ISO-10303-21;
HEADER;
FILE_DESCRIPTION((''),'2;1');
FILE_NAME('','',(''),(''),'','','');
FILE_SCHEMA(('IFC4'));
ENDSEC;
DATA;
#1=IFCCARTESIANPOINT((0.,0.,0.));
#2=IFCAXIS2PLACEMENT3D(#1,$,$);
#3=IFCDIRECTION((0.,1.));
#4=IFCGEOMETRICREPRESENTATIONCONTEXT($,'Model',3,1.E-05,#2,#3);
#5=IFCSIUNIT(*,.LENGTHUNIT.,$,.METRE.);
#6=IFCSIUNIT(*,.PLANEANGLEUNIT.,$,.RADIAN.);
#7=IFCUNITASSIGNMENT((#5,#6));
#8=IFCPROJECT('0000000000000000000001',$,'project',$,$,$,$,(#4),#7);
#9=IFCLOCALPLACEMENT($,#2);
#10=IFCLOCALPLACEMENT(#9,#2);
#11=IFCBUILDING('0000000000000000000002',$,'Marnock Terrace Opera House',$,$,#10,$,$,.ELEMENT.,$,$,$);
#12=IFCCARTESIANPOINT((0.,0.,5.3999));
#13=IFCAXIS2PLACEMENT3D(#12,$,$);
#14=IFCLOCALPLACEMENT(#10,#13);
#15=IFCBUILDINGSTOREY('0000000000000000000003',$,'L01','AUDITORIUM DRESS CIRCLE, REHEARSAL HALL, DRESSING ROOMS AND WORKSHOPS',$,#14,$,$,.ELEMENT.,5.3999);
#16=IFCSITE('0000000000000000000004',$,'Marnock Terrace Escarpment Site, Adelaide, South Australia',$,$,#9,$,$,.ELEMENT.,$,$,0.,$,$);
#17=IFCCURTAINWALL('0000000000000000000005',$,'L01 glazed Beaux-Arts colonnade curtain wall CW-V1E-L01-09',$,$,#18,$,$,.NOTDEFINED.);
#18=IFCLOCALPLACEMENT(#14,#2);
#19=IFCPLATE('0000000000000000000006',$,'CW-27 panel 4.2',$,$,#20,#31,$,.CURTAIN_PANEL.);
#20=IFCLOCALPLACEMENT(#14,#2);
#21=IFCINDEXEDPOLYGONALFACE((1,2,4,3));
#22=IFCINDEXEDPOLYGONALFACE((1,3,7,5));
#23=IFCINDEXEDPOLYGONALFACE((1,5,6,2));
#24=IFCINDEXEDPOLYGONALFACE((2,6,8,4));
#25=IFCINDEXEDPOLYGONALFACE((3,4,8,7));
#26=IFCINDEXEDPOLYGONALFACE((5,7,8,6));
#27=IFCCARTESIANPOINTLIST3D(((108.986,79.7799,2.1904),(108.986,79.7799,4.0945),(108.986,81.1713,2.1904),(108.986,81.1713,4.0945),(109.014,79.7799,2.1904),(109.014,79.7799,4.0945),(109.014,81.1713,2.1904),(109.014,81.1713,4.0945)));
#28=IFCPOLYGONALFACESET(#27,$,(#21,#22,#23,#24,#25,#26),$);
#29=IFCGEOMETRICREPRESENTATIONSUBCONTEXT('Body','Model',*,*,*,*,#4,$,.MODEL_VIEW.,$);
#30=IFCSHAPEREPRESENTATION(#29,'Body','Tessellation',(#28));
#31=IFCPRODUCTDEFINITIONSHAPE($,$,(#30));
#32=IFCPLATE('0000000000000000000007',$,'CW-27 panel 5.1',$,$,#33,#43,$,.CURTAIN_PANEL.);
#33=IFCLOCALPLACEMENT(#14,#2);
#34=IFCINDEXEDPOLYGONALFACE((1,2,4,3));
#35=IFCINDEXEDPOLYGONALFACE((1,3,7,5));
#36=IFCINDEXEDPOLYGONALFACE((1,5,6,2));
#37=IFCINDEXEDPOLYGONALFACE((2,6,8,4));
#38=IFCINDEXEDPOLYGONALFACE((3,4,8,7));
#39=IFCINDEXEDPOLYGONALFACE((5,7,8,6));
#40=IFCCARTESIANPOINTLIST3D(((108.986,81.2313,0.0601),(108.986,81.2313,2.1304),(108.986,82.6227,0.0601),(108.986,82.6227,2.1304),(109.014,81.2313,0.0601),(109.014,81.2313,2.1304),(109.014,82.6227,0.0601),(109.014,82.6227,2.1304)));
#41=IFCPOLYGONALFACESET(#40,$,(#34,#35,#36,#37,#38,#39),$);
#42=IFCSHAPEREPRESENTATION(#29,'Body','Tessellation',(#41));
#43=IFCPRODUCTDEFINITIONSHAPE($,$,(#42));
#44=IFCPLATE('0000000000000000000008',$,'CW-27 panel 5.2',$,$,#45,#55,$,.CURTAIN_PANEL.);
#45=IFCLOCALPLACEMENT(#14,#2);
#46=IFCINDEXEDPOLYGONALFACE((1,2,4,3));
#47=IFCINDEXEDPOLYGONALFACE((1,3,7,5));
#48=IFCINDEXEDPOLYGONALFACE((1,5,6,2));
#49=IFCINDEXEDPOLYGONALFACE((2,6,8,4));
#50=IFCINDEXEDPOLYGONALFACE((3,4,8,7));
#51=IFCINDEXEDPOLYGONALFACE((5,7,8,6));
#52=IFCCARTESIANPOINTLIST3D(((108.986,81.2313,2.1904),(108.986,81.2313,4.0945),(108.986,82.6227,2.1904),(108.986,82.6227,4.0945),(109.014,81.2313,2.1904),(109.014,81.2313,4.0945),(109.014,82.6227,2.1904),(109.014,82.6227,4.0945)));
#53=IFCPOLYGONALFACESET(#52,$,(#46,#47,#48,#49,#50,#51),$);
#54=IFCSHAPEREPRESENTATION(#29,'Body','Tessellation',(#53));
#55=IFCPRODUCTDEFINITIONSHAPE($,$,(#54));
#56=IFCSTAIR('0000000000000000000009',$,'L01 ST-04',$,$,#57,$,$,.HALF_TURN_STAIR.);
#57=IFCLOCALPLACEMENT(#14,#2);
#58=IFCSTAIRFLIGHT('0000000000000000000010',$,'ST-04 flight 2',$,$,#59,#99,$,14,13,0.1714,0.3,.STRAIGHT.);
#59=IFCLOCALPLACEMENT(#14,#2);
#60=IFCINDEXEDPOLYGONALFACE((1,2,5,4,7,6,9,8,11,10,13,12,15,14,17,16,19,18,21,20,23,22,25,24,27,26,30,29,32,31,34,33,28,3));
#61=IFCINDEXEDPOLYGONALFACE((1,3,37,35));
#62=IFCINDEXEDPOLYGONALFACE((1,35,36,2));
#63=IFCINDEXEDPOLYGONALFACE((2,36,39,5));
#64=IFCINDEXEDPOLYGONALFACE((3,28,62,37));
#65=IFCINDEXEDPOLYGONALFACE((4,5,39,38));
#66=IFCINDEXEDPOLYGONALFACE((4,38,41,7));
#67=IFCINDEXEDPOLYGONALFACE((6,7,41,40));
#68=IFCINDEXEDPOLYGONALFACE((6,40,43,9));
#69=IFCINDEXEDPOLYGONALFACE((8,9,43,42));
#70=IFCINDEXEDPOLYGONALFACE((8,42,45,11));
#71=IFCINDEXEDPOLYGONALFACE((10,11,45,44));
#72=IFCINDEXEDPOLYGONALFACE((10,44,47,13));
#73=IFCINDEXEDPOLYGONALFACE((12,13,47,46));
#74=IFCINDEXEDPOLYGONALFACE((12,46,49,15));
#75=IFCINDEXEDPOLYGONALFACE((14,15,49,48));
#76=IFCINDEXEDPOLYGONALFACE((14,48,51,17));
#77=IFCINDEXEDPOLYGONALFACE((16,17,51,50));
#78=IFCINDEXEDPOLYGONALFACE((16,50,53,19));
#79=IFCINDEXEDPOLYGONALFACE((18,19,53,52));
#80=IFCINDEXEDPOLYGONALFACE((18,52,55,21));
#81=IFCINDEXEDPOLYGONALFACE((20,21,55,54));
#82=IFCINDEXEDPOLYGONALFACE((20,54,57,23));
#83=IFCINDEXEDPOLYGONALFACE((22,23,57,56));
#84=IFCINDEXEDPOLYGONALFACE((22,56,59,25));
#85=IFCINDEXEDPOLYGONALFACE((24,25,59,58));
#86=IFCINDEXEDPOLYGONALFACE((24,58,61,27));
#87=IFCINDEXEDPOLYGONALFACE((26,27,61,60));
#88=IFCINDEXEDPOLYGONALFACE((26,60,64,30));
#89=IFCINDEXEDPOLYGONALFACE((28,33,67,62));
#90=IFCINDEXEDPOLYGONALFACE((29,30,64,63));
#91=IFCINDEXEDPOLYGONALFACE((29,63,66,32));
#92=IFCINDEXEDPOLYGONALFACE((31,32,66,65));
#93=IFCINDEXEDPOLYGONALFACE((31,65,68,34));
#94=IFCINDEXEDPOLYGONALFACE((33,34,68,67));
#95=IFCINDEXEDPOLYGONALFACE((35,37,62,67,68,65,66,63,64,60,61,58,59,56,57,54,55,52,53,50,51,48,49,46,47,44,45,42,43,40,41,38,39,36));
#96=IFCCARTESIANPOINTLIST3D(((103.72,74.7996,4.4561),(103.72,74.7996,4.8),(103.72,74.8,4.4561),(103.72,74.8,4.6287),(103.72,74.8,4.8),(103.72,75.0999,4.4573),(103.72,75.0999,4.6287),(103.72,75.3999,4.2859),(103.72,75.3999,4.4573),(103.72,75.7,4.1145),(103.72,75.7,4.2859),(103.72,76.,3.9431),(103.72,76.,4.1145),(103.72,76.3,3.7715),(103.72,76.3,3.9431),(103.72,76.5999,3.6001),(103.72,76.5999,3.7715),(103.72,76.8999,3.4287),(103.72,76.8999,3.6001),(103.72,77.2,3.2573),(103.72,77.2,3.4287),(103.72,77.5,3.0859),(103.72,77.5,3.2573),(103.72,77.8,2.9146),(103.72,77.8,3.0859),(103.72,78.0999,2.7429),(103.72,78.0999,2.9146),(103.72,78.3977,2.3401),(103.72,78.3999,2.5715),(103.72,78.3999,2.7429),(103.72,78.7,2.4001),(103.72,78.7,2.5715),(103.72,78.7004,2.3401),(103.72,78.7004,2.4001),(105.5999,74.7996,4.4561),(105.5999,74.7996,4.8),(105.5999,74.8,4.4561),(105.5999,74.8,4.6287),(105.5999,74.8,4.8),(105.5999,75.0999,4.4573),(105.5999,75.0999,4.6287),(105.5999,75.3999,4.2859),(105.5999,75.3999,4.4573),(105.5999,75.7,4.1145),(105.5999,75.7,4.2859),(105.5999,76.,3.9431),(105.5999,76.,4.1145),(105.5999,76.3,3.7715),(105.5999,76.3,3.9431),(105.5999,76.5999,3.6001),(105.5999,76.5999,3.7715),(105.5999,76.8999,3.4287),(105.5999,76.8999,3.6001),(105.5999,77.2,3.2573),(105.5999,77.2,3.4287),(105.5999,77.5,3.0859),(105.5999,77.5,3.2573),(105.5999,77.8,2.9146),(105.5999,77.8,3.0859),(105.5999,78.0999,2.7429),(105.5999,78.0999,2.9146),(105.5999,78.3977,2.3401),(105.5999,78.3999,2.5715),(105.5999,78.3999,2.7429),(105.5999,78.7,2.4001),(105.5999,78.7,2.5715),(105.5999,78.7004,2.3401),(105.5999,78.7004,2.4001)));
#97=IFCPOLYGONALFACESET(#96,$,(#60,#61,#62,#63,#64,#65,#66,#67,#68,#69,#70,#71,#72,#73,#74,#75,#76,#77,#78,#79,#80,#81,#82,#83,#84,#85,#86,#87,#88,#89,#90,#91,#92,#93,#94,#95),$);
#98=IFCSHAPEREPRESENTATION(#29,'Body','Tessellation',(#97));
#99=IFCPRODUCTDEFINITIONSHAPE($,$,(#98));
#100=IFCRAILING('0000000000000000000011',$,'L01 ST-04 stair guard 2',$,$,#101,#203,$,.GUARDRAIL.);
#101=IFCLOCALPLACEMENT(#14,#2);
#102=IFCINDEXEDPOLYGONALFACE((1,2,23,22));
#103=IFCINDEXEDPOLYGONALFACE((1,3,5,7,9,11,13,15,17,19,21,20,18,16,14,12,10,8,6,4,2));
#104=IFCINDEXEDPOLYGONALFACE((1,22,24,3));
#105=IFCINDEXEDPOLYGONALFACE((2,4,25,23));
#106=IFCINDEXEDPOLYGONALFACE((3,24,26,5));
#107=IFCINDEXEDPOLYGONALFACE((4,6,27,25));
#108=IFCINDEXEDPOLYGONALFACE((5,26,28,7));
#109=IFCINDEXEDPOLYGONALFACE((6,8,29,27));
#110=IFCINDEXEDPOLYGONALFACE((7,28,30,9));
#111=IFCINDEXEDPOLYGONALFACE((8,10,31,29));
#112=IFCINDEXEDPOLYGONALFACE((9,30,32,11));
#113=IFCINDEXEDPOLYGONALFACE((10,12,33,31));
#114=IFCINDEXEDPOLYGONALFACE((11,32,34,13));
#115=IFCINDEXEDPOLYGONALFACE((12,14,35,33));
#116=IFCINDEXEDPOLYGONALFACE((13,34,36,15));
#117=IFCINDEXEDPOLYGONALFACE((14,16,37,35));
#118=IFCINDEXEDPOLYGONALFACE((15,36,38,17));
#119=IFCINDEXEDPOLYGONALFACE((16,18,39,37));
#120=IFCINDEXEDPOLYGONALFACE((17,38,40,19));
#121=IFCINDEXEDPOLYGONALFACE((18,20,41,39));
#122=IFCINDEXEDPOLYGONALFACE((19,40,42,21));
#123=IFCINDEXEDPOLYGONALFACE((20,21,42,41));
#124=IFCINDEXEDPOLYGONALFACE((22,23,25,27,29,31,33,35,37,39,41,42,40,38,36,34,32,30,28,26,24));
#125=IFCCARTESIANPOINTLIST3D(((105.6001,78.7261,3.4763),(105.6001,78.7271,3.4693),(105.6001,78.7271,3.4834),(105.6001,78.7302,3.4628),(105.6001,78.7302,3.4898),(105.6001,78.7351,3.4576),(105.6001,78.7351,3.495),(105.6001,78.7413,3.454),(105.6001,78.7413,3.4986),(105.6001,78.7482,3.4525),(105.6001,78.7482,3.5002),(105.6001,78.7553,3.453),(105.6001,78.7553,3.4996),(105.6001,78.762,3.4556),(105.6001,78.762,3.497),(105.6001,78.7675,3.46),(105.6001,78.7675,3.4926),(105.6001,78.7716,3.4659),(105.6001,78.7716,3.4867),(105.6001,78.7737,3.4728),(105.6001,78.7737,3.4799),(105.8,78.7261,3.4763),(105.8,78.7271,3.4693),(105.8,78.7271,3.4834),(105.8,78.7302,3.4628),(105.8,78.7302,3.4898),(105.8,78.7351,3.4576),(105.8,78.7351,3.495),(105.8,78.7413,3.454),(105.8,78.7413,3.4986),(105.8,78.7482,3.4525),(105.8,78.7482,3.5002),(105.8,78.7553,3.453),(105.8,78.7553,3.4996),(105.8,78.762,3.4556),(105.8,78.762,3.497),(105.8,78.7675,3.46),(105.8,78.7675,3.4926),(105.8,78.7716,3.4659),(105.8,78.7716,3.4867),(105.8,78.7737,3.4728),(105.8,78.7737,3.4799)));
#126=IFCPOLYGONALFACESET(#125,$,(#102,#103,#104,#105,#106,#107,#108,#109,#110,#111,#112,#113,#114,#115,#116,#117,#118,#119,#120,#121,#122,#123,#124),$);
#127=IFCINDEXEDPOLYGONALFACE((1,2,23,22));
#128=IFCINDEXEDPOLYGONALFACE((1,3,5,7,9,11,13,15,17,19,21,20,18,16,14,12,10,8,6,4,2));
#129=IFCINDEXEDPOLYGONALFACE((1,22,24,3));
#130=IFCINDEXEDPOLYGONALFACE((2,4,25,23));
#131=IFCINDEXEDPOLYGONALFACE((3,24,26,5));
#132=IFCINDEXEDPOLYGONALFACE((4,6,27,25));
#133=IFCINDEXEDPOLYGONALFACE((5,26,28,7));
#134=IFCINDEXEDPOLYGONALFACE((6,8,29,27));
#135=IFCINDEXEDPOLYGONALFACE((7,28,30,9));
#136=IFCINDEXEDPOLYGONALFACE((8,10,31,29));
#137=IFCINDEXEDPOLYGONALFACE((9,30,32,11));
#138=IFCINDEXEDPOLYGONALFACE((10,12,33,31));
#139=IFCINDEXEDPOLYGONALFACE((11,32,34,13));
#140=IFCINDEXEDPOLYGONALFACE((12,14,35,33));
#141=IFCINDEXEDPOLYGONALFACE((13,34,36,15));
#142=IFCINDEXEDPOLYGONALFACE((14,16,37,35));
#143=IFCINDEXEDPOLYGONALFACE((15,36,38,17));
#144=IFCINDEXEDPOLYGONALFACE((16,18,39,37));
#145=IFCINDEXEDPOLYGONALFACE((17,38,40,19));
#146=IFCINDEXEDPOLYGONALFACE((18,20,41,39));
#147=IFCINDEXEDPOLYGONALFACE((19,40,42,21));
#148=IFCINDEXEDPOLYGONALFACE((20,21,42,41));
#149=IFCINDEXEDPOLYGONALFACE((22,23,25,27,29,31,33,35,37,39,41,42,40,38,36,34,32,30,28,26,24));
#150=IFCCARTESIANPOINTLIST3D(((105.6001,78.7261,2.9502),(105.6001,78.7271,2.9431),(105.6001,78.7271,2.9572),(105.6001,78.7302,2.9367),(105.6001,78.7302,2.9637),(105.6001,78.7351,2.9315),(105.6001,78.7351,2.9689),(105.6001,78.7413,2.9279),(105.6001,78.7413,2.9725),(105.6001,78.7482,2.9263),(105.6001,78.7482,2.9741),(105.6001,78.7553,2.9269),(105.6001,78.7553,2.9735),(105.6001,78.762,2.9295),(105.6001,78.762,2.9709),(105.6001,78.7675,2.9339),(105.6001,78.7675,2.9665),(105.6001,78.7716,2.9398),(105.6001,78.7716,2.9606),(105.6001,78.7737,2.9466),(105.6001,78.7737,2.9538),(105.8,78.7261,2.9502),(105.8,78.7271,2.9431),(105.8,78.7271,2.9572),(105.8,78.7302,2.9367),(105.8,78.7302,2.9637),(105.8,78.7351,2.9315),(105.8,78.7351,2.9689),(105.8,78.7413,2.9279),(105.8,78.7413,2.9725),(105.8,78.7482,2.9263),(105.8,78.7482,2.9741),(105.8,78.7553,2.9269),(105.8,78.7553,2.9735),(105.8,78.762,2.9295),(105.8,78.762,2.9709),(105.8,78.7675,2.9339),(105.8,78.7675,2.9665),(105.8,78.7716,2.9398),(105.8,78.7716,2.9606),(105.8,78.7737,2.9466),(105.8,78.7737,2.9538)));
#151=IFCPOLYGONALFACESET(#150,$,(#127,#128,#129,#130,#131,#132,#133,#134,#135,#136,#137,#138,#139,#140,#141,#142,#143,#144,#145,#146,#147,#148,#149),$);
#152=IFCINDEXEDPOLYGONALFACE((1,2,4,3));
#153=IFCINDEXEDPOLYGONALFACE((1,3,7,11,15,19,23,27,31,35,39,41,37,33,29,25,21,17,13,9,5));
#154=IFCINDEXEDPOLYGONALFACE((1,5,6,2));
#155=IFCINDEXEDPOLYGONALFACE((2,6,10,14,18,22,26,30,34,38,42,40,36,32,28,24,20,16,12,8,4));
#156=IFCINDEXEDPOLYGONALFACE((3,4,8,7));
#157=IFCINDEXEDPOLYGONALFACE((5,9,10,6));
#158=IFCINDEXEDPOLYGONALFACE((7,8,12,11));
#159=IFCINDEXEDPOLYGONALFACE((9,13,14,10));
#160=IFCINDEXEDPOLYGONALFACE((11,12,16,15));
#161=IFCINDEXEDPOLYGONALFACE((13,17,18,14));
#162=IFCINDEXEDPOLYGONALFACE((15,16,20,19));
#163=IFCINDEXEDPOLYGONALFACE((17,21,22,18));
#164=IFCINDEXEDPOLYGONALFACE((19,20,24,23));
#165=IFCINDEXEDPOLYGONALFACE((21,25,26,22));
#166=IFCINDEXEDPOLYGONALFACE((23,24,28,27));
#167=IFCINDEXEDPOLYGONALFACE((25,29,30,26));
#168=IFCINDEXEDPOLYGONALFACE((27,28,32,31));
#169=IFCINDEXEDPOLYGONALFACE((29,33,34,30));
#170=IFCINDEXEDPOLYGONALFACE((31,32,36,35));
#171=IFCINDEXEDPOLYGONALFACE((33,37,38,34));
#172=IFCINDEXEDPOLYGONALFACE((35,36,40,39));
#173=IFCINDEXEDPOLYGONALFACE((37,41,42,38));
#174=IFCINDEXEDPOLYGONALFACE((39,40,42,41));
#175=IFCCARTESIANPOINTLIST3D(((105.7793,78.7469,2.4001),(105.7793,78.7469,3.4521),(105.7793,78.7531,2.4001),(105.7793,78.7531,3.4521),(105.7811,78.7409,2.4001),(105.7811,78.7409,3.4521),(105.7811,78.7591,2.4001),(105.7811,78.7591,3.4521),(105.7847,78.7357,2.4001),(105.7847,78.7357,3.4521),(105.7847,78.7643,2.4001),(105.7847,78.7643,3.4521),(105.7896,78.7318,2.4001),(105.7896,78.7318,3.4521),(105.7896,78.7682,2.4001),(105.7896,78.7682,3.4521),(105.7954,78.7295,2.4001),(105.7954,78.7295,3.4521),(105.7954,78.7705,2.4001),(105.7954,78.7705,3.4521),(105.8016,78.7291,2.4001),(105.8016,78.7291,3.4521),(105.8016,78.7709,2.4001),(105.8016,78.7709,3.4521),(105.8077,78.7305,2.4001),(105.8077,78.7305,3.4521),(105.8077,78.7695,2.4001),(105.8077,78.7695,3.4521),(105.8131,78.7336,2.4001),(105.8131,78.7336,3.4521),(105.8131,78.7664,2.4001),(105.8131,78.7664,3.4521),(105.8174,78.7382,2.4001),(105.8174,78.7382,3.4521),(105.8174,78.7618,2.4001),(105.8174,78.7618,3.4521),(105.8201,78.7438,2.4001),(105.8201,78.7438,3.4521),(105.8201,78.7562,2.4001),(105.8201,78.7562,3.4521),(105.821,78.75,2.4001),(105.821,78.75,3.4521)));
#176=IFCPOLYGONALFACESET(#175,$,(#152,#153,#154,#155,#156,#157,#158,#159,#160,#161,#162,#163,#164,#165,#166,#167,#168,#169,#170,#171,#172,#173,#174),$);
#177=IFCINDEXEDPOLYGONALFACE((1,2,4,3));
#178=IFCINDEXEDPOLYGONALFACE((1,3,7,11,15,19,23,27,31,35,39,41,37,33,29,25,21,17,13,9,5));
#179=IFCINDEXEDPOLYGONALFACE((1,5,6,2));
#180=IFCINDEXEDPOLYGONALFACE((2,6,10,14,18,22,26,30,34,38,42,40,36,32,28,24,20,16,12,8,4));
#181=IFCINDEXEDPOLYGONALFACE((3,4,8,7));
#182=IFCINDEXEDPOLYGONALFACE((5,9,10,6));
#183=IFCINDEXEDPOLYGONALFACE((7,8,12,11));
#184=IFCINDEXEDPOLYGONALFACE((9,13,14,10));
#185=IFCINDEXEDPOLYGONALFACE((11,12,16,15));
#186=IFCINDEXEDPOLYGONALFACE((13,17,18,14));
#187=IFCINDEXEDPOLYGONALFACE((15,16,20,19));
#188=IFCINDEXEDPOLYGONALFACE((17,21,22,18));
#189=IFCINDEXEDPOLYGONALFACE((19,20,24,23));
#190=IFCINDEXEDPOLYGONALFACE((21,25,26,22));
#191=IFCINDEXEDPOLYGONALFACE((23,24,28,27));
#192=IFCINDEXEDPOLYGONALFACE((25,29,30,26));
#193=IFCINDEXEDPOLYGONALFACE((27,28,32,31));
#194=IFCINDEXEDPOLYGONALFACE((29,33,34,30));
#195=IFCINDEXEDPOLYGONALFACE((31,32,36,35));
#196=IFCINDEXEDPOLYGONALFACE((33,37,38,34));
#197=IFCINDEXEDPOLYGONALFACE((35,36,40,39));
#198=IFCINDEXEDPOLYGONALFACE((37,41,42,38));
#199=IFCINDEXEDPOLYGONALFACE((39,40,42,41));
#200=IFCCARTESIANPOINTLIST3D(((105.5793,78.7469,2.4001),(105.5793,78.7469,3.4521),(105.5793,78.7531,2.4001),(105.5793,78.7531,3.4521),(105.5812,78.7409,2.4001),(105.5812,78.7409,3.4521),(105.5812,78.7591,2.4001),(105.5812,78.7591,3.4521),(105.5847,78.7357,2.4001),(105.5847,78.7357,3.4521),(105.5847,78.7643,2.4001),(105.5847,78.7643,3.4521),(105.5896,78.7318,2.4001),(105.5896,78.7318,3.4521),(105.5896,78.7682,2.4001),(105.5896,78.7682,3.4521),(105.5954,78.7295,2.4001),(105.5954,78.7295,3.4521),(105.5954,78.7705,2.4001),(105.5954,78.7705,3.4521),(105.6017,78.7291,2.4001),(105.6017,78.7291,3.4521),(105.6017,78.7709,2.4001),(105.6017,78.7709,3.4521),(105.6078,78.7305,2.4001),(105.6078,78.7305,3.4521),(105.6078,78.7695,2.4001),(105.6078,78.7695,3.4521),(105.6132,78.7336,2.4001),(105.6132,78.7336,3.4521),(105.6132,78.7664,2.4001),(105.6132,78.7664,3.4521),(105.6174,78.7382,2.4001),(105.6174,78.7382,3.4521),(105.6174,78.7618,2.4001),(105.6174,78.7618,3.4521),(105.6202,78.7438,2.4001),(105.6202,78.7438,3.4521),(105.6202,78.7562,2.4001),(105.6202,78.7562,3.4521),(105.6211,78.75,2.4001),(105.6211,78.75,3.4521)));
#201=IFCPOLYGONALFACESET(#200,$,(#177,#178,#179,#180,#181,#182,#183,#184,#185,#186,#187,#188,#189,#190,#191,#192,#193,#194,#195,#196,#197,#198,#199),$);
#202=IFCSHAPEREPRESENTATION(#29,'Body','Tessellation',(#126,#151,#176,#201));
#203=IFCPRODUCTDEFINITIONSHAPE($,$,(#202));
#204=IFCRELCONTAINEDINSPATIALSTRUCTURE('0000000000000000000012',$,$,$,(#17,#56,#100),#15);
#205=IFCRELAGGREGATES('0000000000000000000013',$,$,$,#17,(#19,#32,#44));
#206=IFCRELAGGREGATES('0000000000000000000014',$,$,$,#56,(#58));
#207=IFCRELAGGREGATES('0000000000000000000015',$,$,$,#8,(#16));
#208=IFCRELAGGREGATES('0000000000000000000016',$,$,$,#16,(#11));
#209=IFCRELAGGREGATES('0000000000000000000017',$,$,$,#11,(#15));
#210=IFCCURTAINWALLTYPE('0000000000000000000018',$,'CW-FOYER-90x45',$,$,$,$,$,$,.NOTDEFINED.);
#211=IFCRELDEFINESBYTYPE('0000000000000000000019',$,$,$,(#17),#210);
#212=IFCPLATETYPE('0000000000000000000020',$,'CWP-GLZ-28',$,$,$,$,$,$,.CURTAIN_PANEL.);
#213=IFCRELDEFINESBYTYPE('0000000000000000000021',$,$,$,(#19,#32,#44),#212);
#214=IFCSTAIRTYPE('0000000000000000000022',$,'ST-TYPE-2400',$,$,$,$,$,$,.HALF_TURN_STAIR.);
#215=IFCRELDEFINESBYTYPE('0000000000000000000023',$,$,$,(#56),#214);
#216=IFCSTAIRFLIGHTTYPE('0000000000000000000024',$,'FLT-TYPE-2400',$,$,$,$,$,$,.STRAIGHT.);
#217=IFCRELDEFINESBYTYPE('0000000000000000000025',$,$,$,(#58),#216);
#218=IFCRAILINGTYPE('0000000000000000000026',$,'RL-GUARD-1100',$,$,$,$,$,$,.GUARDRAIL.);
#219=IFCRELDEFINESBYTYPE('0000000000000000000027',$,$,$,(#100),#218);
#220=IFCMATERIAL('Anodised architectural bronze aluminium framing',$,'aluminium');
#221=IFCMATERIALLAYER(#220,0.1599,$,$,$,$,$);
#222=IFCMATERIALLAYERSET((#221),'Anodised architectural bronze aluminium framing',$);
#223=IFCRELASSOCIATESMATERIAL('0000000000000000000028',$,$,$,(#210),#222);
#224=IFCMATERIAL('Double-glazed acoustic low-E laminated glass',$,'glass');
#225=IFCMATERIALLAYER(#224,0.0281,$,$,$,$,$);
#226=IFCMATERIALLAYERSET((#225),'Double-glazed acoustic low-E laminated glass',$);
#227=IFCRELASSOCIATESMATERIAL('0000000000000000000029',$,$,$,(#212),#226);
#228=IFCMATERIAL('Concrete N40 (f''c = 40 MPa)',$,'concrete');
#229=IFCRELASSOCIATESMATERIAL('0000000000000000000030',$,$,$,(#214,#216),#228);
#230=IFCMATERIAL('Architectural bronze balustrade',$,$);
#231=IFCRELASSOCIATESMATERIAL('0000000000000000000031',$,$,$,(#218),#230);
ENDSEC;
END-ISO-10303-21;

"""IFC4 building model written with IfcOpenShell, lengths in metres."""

from ifc_helpers import new_model, si_unit, direction, frame, origin, origin_2d, place, context, subcontext, project, spatial, polyline, rectangle, circle, outline, extrude, material, layer, layer_set, type_object, element, aggregate, save


model = new_model("IFC4")

# Units and contexts
model_context = context("Model", 3, precision=1e-05, world=origin(), true_north=direction((0.0, 1.0)))
body_context = subcontext(model_context, "Body", "Model", "MODEL_VIEW")
ifc_project = project(units=[si_unit("LENGTHUNIT", "METRE"), si_unit("PLANEANGLEUNIT", "RADIAN")], contexts=[model_context])

# Site, building, storey
site_placement = place(None, origin())
site = spatial("IfcSite", under=ifc_project, at=site_placement, Name="Marnock Terrace Escarpment Site, Adelaide, South Australia", CompositionType="ELEMENT", RefElevation=0.0)
building_placement = place(site_placement, origin())
building = spatial("IfcBuilding", under=site, at=building_placement, Name="Marnock Terrace Opera House", CompositionType="ELEMENT")
storey_placement = place(building_placement, frame((0.0, 0.0, 5.3999)))
storey = spatial("IfcBuildingStorey", under=building, at=storey_placement, Name="L01", Description="AUDITORIUM DRESS CIRCLE, REHEARSAL HALL, DRESSING ROOMS AND WORKSHOPS", CompositionType="ELEMENT", Elevation=5.3999)

# Curtain wall, plates
ifc_material_1 = material(Name="Anodised architectural bronze aluminium framing", Category="aluminium")
ifc_layer_1 = layer(ifc_material_1, 0.1599)
ifc_layer_set_1 = layer_set([ifc_layer_1], Name="Anodised architectural bronze aluminium framing")
curtain_wall_type = type_object("IfcCurtainWallType", Name="CW-FOYER-90x45", PredefinedType="NOTDEFINED", material=ifc_layer_set_1)
curtain_wall_placement = place(storey_placement, origin())
curtain_wall = element("IfcCurtainWall", 1, at=curtain_wall_placement, inside=storey, type_object=curtain_wall_type, Name="L01 glazed Beaux-Arts colonnade curtain wall CW-V1E-L01-09", PredefinedType="NOTDEFINED")
ifc_material_2 = material(Name="Double-glazed acoustic low-E laminated glass", Category="glass")
ifc_layer_2 = layer(ifc_material_2, 0.0281)
ifc_layer_set_2 = layer_set([ifc_layer_2], Name="Double-glazed acoustic low-E laminated glass")
plate_type = type_object("IfcPlateType", Name="CWP-GLZ-28", PredefinedType="CURTAIN_PANEL", material=ifc_layer_set_2)
plate_1_placement = place(storey_placement, frame((109.0, 80.4756, 2.1904), z_axis=(0.0, 0.0, 1.0), x_axis=(0.0, 1.0, 0.0)))
plate_1 = element("IfcPlate", 2, at=plate_1_placement, type_object=plate_type, Name="CW-27 panel 4.2", PredefinedType="CURTAIN_PANEL", context=body_context, shape_type="SweptSolid", body=[
    extrude(rectangle(XDim=1.3914, YDim=0.0281, at=origin_2d()), origin(), (0.0, 0.0, 1.0), 1.9041),
])
plate_2_placement = place(storey_placement, frame((109.0, 81.927, 0.0601), z_axis=(0.0, 0.0, 1.0), x_axis=(0.0, 1.0, 0.0)))
plate_2 = element("IfcPlate", 3, at=plate_2_placement, type_object=plate_type, Name="CW-27 panel 5.1", PredefinedType="CURTAIN_PANEL", context=body_context, shape_type="SweptSolid", body=[
    extrude(rectangle(XDim=1.3914, YDim=0.0281, at=origin_2d()), origin(), (0.0, 0.0, 1.0), 2.0703),
])
plate_3_placement = place(storey_placement, frame((109.0, 81.927, 2.1904), z_axis=(0.0, 0.0, 1.0), x_axis=(0.0, 1.0, 0.0)))
plate_3 = element("IfcPlate", 4, at=plate_3_placement, type_object=plate_type, Name="CW-27 panel 5.2", PredefinedType="CURTAIN_PANEL", context=body_context, shape_type="SweptSolid", body=[
    extrude(rectangle(XDim=1.3914, YDim=0.0281, at=origin_2d()), origin(), (0.0, 0.0, 1.0), 1.9041),
])
aggregate(curtain_wall, [plate_1, plate_2, plate_3])

# Stair, stair flight
ifc_material_3 = material(Name="Concrete N40 (f'c = 40 MPa)", Category="concrete")
stair_type = type_object("IfcStairType", Name="ST-TYPE-2400", PredefinedType="HALF_TURN_STAIR", material=ifc_material_3)
stair_placement = place(storey_placement, origin())
stair = element("IfcStair", 5, at=stair_placement, inside=storey, type_object=stair_type, Name="L01 ST-04", PredefinedType="HALF_TURN_STAIR")
stair_flight_type = type_object("IfcStairFlightType", Name="FLT-TYPE-2400", PredefinedType="STRAIGHT", material=ifc_material_3)
stair_flight_placement = place(storey_placement, frame((104.6599, 78.7, 2.4001), z_axis=(0.0, 0.0, 1.0), x_axis=(0.0, -1.0, 0.0)))
stair_flight = element("IfcStairFlight", 6, at=stair_flight_placement, type_object=stair_flight_type, Name="ST-04 flight 2", NumberOfRisers=14, NumberOfTreads=13, PredefinedType="STRAIGHT", RiserHeight=0.1714, TreadLength=0.3, context=body_context, shape_type="SweptSolid", body=[
    extrude(outline(polyline([(-0.0005, -0.0601), (-0.0005, 0.0), (0.0, 0.0), (0.0, 0.1714), (0.3, 0.1714), (0.3, 0.3428), (0.6001, 0.3428), (0.6001, 0.5144), (0.8999, 0.5144), (0.8999, 0.6858), (1.2, 0.6858), (1.2, 0.8572), (1.5, 0.8572), (1.5, 1.0286), (1.8, 1.0286), (1.8, 1.2), (2.1001, 1.2), (2.1001, 1.3713), (2.3999, 1.3713), (2.3999, 1.543), (2.7, 1.543), (2.7, 1.7144), (3.0, 1.7144), (3.0, 1.8857), (3.3, 1.8857), (3.3, 2.0571), (3.6001, 2.0571), (3.6001, 2.2285), (3.8999, 2.2285), (3.8999, 2.3999), (3.9004, 2.3999), (3.9004, 2.0559), (3.8999, 2.0559), (0.3022, -0.0601), (-0.0005, -0.0601)])), frame((0.0, 0.9399, 0.0), z_axis=(0.0, -1.0, 0.0), x_axis=(1.0, 0.0, 0.0)), (0.0, 0.0, 1.0), 1.8799),
])
aggregate(stair, [stair_flight])

# Railing
ifc_material_4 = material(Name="Architectural bronze balustrade")
railing_type_1 = type_object("IfcRailingType", Name="RL-GUARD-1100", PredefinedType="GUARDRAIL", material=ifc_material_4)
railing_1_placement = place(storey_placement, frame((105.8, 78.75, 2.4001)))
element("IfcRailing", 7, at=railing_1_placement, inside=storey, type_object=railing_type_1, Name="L01 ST-04 stair guard 2", PredefinedType="GUARDRAIL", context=body_context, shape_type="SweptSolid", body=[
    extrude(circle(Radius=0.0239, at=origin_2d()), frame((0.0, 0.0, 1.0762), z_axis=(-1.0, 0.0, 0.0), x_axis=(0.0, -1.0, 0.0)), (0.0, 0.0, 1.0), 0.2),
    extrude(circle(Radius=0.0239, at=origin_2d()), frame((0.0, 0.0, 0.55), z_axis=(-1.0, 0.0, 0.0), x_axis=(0.0, -1.0, 0.0)), (0.0, 0.0, 1.0), 0.2),
    extrude(circle(Radius=0.021, at=origin_2d()), origin(), (0.0, 0.0, 1.0), 1.052),
    extrude(circle(Radius=0.021, at=origin_2d()), frame((-0.2, 0.0, 0.0)), (0.0, 0.0, 1.0), 1.052),
])

save(model, "model.ifc")
